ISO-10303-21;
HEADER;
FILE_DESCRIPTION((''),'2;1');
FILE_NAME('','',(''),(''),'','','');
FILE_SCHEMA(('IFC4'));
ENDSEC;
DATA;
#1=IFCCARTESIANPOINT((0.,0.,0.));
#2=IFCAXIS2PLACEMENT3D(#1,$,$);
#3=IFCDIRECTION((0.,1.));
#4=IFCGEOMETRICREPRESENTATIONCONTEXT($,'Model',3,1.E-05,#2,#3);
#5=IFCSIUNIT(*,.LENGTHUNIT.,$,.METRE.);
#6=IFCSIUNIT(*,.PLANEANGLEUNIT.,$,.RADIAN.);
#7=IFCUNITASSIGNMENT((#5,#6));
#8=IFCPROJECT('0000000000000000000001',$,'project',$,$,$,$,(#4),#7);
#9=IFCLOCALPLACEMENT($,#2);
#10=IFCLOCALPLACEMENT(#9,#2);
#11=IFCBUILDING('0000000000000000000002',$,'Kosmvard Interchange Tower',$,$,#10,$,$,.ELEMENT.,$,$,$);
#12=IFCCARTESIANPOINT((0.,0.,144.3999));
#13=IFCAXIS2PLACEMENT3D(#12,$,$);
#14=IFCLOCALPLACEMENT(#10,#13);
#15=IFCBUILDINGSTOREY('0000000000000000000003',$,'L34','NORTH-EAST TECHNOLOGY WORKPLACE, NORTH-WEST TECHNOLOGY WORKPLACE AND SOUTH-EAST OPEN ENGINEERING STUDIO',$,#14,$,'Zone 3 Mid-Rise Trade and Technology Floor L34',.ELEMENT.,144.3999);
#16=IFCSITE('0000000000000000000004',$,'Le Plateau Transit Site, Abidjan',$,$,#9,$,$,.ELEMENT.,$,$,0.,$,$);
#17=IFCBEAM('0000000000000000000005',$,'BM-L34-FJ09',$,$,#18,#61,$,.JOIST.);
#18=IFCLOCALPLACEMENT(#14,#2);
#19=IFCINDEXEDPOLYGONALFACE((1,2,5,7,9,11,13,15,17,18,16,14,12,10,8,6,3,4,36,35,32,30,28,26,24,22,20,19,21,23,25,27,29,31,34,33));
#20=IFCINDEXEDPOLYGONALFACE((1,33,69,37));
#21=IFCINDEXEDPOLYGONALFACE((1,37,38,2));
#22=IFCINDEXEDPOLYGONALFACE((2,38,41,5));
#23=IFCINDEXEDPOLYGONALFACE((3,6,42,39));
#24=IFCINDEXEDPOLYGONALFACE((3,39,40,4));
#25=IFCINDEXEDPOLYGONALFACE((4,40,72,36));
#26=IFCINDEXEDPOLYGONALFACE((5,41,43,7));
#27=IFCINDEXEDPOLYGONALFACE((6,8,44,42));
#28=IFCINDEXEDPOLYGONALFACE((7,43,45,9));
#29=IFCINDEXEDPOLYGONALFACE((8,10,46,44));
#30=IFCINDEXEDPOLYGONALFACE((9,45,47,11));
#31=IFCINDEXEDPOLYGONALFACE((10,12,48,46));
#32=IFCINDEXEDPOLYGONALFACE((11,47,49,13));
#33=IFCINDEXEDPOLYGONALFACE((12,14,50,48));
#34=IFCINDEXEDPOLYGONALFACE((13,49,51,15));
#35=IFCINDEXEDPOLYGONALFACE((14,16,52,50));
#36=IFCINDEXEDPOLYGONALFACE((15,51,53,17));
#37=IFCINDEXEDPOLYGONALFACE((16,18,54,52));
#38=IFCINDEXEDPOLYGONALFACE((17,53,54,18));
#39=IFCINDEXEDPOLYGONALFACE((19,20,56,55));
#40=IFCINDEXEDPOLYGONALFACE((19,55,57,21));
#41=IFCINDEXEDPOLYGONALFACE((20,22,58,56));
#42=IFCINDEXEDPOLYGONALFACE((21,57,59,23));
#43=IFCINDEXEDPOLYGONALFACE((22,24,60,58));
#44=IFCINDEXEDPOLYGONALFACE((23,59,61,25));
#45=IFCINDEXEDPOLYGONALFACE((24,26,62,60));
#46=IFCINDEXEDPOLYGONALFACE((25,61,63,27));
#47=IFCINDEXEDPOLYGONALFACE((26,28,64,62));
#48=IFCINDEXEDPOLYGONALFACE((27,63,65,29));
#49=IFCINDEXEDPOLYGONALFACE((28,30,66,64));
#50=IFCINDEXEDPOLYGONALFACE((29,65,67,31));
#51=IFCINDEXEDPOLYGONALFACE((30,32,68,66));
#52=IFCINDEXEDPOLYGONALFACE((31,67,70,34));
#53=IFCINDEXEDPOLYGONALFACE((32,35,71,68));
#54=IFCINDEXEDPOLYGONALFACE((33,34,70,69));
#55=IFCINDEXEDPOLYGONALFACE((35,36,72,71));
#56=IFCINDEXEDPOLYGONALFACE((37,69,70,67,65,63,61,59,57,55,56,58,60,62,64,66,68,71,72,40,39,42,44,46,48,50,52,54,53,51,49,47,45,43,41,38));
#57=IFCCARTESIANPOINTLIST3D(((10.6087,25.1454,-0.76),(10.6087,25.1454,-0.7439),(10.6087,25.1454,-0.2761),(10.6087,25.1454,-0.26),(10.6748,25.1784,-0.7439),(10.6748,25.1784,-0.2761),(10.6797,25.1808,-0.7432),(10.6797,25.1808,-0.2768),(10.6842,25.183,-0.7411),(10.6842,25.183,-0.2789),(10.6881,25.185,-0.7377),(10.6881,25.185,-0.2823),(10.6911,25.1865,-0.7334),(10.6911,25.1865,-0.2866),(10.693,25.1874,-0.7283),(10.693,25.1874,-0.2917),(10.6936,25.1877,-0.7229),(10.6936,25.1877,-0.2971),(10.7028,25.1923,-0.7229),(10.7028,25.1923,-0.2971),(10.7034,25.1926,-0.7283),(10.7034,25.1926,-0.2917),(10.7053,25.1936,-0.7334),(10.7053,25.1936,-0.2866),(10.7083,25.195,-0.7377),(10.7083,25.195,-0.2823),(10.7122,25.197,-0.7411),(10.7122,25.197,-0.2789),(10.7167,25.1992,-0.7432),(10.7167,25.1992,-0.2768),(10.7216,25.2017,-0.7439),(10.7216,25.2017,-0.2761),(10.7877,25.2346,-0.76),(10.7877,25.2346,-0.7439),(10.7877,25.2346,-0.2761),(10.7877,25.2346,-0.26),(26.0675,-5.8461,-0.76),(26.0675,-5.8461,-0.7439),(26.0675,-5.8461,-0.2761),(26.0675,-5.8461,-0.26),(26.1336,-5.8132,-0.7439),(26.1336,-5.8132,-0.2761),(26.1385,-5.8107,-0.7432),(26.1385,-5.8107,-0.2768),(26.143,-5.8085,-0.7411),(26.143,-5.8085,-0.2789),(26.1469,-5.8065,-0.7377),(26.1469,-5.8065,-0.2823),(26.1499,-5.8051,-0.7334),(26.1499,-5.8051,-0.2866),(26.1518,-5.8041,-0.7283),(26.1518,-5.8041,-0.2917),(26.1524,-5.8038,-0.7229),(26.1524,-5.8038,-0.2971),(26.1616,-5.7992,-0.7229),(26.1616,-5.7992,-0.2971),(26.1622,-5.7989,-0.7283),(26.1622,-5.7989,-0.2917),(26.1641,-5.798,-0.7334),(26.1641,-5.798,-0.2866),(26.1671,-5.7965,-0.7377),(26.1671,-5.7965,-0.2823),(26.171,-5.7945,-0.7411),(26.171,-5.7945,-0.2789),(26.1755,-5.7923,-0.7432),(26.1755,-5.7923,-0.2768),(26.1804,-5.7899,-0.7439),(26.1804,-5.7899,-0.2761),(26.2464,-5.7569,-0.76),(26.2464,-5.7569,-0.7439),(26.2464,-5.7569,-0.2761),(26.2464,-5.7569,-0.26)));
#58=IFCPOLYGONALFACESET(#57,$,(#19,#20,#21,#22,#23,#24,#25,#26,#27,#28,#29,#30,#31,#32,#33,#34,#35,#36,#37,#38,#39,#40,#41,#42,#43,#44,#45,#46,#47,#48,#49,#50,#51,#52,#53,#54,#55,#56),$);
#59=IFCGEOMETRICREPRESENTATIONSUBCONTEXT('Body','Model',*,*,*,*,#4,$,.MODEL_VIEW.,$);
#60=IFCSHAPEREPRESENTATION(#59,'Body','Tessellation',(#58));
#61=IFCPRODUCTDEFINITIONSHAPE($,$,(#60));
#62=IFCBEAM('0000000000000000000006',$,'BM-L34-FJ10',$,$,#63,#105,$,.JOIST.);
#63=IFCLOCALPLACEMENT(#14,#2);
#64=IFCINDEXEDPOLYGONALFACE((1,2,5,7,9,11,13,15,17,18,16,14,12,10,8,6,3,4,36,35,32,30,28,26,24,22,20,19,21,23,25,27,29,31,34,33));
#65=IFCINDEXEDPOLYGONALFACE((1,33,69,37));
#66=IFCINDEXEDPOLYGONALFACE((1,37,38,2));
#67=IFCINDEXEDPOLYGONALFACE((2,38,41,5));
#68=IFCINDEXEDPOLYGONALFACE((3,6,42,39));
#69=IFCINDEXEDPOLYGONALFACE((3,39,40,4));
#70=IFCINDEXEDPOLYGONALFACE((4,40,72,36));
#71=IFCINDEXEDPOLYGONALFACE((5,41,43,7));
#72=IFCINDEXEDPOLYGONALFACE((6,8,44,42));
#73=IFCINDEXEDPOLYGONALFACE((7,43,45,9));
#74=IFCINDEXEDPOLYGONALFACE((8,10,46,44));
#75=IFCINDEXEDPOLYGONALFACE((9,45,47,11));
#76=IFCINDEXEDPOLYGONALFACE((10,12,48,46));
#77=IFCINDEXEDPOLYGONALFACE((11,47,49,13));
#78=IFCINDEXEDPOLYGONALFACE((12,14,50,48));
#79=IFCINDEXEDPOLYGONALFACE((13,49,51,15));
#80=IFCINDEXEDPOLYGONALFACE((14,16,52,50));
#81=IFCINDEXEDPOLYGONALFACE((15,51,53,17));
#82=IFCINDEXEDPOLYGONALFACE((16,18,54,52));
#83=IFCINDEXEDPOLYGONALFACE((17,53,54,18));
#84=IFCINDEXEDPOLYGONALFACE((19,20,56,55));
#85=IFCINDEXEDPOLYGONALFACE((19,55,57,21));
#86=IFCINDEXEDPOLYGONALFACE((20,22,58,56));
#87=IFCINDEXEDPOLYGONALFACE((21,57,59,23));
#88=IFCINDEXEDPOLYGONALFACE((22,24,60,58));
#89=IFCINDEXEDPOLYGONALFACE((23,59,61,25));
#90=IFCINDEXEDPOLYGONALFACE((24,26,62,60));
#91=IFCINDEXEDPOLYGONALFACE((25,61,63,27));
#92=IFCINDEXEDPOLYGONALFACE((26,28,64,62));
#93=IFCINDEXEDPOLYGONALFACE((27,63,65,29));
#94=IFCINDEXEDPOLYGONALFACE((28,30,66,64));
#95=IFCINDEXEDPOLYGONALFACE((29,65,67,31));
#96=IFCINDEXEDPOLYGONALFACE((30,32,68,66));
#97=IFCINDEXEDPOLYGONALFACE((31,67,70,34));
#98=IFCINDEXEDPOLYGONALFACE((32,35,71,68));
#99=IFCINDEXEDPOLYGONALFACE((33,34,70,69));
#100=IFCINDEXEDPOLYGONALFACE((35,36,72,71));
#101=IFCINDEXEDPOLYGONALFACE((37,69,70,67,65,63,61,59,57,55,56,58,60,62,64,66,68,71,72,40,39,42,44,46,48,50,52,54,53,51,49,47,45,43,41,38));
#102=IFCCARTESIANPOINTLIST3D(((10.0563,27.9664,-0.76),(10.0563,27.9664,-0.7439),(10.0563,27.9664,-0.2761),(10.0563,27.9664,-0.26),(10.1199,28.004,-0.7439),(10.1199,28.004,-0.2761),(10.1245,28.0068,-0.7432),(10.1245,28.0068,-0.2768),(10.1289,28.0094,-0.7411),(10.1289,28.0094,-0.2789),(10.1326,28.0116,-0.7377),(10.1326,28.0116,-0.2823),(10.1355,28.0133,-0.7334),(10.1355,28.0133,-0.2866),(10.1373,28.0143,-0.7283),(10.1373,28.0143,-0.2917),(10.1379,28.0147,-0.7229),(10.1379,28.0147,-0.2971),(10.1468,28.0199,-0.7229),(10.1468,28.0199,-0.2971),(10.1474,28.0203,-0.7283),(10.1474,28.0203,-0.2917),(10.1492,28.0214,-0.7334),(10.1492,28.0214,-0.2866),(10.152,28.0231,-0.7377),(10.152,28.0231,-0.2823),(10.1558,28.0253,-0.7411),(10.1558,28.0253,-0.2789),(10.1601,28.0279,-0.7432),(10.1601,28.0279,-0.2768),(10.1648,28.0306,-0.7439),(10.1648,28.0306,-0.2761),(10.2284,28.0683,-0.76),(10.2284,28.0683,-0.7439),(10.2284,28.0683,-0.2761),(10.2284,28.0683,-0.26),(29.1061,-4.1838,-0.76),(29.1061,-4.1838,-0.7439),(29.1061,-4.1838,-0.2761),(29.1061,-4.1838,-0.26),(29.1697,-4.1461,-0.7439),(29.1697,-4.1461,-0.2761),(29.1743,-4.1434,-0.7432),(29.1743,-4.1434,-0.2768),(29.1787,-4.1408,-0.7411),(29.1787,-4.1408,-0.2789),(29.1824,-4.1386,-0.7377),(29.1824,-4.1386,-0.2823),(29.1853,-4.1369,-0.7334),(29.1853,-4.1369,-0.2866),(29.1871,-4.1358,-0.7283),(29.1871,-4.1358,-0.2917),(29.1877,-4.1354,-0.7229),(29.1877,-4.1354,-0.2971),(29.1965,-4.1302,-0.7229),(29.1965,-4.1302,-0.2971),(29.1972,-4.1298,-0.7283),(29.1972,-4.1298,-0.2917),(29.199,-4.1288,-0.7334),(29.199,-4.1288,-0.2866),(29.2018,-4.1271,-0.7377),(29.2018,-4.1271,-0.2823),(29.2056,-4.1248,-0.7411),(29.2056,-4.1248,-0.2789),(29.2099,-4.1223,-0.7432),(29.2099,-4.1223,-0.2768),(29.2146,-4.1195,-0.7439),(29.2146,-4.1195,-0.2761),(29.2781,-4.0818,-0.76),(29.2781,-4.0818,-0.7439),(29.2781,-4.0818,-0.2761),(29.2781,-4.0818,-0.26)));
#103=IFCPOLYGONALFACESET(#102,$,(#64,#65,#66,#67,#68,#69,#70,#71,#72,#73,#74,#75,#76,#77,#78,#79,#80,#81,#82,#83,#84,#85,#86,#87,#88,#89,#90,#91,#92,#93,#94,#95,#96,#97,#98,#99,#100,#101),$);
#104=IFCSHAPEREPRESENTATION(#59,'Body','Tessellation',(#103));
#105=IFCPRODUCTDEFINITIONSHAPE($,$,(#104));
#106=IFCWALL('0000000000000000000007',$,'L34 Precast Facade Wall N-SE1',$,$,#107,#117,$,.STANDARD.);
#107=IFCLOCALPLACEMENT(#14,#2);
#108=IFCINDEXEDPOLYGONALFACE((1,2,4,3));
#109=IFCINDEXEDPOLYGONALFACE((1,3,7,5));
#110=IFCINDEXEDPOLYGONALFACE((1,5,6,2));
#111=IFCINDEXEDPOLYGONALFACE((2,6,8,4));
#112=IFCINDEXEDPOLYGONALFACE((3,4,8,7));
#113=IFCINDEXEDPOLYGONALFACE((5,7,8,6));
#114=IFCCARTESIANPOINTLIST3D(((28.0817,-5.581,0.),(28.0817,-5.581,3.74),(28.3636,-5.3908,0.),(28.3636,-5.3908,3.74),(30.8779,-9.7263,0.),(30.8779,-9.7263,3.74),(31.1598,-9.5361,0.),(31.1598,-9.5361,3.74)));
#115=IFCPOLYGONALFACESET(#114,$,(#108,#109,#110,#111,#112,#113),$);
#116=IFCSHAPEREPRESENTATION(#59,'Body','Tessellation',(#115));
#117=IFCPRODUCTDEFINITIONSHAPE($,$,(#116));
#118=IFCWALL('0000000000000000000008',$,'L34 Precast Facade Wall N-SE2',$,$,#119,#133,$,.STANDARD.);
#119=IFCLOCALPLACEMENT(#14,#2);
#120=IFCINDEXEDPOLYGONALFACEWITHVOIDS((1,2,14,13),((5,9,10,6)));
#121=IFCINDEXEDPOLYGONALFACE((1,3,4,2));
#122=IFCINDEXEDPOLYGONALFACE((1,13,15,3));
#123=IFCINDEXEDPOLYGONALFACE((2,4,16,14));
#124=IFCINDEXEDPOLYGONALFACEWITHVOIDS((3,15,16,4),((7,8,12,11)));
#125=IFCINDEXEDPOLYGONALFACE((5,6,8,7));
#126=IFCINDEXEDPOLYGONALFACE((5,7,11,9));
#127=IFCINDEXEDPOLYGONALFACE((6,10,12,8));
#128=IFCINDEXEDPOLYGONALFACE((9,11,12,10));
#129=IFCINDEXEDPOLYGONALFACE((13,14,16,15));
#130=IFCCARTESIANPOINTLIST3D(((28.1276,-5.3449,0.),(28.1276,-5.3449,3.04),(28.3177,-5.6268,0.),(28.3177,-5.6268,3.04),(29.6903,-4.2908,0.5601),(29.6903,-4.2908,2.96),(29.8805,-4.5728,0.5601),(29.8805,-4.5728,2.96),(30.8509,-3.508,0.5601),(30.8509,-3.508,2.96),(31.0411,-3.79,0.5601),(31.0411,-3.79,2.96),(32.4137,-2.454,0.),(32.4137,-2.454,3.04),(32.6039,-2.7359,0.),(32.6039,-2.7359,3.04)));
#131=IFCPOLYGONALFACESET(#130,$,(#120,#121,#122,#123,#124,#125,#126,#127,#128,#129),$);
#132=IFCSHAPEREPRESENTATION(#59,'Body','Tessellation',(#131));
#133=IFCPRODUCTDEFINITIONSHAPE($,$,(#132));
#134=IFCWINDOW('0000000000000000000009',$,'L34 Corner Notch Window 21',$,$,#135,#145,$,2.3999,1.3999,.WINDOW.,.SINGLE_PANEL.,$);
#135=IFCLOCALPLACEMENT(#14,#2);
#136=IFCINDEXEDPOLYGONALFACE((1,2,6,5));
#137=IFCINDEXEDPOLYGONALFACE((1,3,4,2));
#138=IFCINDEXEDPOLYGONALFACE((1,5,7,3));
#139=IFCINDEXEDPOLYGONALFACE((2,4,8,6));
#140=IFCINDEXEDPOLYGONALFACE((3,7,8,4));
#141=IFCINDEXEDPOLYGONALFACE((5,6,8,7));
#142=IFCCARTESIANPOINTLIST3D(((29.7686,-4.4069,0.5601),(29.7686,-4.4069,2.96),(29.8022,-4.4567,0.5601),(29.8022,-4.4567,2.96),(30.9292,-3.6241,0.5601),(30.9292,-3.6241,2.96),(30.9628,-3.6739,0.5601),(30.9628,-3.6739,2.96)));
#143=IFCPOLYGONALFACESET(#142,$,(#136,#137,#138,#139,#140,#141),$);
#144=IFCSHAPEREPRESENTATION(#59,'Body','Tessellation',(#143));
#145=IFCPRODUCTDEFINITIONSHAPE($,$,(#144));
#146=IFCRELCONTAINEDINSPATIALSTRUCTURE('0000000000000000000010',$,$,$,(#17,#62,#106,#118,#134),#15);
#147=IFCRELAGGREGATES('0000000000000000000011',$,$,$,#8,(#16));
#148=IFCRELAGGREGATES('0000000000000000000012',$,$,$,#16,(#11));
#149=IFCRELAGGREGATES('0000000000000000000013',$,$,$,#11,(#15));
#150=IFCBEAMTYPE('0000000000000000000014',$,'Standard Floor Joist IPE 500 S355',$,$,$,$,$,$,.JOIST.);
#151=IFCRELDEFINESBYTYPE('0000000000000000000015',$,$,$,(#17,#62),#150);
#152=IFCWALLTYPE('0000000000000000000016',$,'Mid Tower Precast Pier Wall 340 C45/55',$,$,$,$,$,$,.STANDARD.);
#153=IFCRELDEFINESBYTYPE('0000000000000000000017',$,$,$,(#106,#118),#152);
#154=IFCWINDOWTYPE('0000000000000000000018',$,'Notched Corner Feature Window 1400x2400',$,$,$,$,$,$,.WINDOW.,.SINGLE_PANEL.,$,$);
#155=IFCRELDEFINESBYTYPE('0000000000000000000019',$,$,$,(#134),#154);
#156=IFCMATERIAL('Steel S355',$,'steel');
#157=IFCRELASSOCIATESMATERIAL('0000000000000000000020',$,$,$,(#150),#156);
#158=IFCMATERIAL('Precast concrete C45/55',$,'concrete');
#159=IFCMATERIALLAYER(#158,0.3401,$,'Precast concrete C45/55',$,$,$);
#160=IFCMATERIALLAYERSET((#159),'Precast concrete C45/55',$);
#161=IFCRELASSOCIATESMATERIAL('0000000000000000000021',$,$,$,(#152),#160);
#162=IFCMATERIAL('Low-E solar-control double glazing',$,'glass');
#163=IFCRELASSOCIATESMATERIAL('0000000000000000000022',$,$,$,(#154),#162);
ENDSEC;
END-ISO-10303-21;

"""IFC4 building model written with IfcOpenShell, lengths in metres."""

from ifc_helpers import new_model, si_unit, direction, frame, frame_2d, origin, origin_2d, place, context, subcontext, project, spatial, rectangle, i_section, extrude, source, transform, mapped, material, layer, layer_set, material_profile, profile_set, type_object, element, fill, save


model = new_model("IFC4")

# Units and contexts
model_context = context("Model", 3, precision=1e-05, world=origin(), true_north=direction((0.0, 1.0)))
body_context = subcontext(model_context, "Body", "Model", "MODEL_VIEW")
ifc_project = project(units=[si_unit("LENGTHUNIT", "METRE"), si_unit("PLANEANGLEUNIT", "RADIAN")], contexts=[model_context])

# Site, building, storey
site_placement = place(None, origin())
site = spatial("IfcSite", under=ifc_project, at=site_placement, Name="Le Plateau Transit Site, Abidjan", CompositionType="ELEMENT", RefElevation=0.0)
building_placement = place(site_placement, origin())
building = spatial("IfcBuilding", under=site, at=building_placement, Name="Kosmvard Interchange Tower", CompositionType="ELEMENT")
storey_placement = place(building_placement, frame((0.0, 0.0, 144.3999)))
storey = spatial("IfcBuildingStorey", under=building, at=storey_placement, Name="L34", Description="NORTH-EAST TECHNOLOGY WORKPLACE, NORTH-WEST TECHNOLOGY WORKPLACE AND SOUTH-EAST OPEN ENGINEERING STUDIO", LongName="Zone 3 Mid-Rise Trade and Technology Floor L34", CompositionType="ELEMENT", Elevation=144.3999)

# Beams
ifc_material_1 = material(Name="Steel S355", Category="steel")
ifc_material_2 = material(Name="Precast concrete C45/55", Category="concrete")
ifc_material_profile_1 = material_profile(ifc_material_1, i_section(OverallWidth=0.2, OverallDepth=0.5, WebThickness=0.0103, FlangeThickness=0.0161, FilletRadius=0.021, at=origin_2d()), Name="IPE 500")
ifc_profile_set_1 = profile_set([ifc_material_profile_1], Name="Steel S355")
beam_type_1 = type_object("IfcBeamType", Name="Standard Floor Joist IPE 500 S355", PredefinedType="JOIST", material=ifc_profile_set_1)
shared_shape_1 = source(origin(), body_context, "Body", "SweptSolid", [
    extrude(i_section(OverallWidth=0.2, OverallDepth=0.5, WebThickness=0.0103, FlangeThickness=0.0161, FilletRadius=0.021, at=origin_2d()), origin(), (0.0, 0.0, 1.0), 34.6331),
])
beam_1_placement = place(storey_placement, frame((26.157, -5.8015, -0.51), z_axis=(-0.446359, 0.894854, 0.0), x_axis=(-0.894854, -0.446359, 0.0)))
element("IfcBeam", 1, at=beam_1_placement, inside=storey, type_object=beam_type_1, Name="BM-L34-FJ09", PredefinedType="JOIST", context=body_context, shape_type="MappedRepresentation", body=[
    mapped(shared_shape_1, transform((0.0, 0.0, 0.0), scale=1.0)),
])
shared_shape_2 = source(origin(), body_context, "Body", "SweptSolid", [
    extrude(i_section(OverallWidth=0.2, OverallDepth=0.5, WebThickness=0.0103, FlangeThickness=0.0161, FilletRadius=0.021, at=origin_2d()), origin(), (0.0, 0.0, 1.0), 37.3701),
])
beam_2_placement = place(storey_placement, frame((29.1921, -4.1328, -0.51), z_axis=(-0.50976, 0.860317, 0.0), x_axis=(-0.860317, -0.50976, 0.0)))
element("IfcBeam", 2, at=beam_2_placement, inside=storey, type_object=beam_type_1, Name="BM-L34-FJ10", PredefinedType="JOIST", context=body_context, shape_type="MappedRepresentation", body=[
    mapped(shared_shape_2, transform((0.0, 0.0, 0.0), scale=1.0)),
])

# Wall
ifc_layer_1 = layer(ifc_material_2, 0.3401, Name="Precast concrete C45/55")
ifc_layer_set_1 = layer_set([ifc_layer_1], Name="Precast concrete C45/55")
wall_type_1 = type_object("IfcWallType", Name="Mid Tower Precast Pier Wall 340 C45/55", PredefinedType="STANDARD", material=ifc_layer_set_1)
wall_1_placement = place(storey_placement, frame((31.0188, -9.6311, 0.0), z_axis=(0.0, 0.0, 1.0), x_axis=(-0.55921, 0.829026, 0.0)))
element("IfcWall", 3, at=wall_1_placement, inside=storey, type_object=wall_type_1, Name="L34 Precast Facade Wall N-SE1", PredefinedType="STANDARD", context=body_context, shape_type="SweptSolid", body=[
    extrude(rectangle(XDim=5.0002, YDim=0.3401, at=frame_2d((2.5, 0.0))), origin(), (0.0, 0.0, 1.0), 3.74),
])

# Wall, opening, window
wall_2_placement = place(storey_placement, frame((28.2227, -5.4858, 0.0), z_axis=(0.0, 0.0, 1.0), x_axis=(0.829052, 0.559171, 0.0)))
wall_2 = element("IfcWall", 4, at=wall_2_placement, inside=storey, type_object=wall_type_1, Name="L34 Precast Facade Wall N-SE2", PredefinedType="STANDARD", context=body_context, shape_type="SweptSolid", body=[
    extrude(rectangle(XDim=5.1699, YDim=0.3401, at=frame_2d((2.585, 0.0))), origin(), (0.0, 0.0, 1.0), 3.04),
])
opening_1_placement = place(wall_2_placement, frame((1.885, 0.0, 0.5601)))
opening_1 = element("IfcOpeningElement", 5, at=opening_1_placement, cuts=wall_2, PredefinedType="OPENING", context=body_context, shape_type="SweptSolid", body=[
    extrude(rectangle(XDim=1.3999, YDim=2.3999, at=frame_2d((0.7, 1.2))), frame((0.0, 0.1802, 0.0), z_axis=(0.0, -1.0, 0.0), x_axis=(1.0, 0.0, 0.0)), (0.0, 0.0, 1.0), 0.3601),
])
ifc_material_3 = material(Name="Low-E solar-control double glazing", Category="glass")
window_type_1 = type_object("IfcWindowType", Name="Notched Corner Feature Window 1400x2400", PartitioningType="SINGLE_PANEL", PredefinedType="WINDOW", material=ifc_material_3)
shared_shape_3 = source(origin(), body_context, "Body", "SweptSolid", [
    extrude(rectangle(XDim=1.3999, YDim=2.3999, at=frame_2d((0.7, 1.2))), frame((0.0, 0.03, 0.0), z_axis=(0.0, -1.0, 0.0), x_axis=(1.0, 0.0, 0.0)), (0.0, 0.0, 1.0), 0.0601),
])
window_1_placement = place(opening_1_placement, origin())
window_1 = element("IfcWindow", 6, at=window_1_placement, inside=storey, type_object=window_type_1, Name="L34 Corner Notch Window 21", OverallHeight=2.3999, OverallWidth=1.3999, PartitioningType="SINGLE_PANEL", PredefinedType="WINDOW", context=body_context, shape_type="MappedRepresentation", body=[
    mapped(shared_shape_3, transform((0.0, 0.0, 0.0), scale=1.0)),
])
fill(opening_1, window_1)

save(model, "model.ifc")
